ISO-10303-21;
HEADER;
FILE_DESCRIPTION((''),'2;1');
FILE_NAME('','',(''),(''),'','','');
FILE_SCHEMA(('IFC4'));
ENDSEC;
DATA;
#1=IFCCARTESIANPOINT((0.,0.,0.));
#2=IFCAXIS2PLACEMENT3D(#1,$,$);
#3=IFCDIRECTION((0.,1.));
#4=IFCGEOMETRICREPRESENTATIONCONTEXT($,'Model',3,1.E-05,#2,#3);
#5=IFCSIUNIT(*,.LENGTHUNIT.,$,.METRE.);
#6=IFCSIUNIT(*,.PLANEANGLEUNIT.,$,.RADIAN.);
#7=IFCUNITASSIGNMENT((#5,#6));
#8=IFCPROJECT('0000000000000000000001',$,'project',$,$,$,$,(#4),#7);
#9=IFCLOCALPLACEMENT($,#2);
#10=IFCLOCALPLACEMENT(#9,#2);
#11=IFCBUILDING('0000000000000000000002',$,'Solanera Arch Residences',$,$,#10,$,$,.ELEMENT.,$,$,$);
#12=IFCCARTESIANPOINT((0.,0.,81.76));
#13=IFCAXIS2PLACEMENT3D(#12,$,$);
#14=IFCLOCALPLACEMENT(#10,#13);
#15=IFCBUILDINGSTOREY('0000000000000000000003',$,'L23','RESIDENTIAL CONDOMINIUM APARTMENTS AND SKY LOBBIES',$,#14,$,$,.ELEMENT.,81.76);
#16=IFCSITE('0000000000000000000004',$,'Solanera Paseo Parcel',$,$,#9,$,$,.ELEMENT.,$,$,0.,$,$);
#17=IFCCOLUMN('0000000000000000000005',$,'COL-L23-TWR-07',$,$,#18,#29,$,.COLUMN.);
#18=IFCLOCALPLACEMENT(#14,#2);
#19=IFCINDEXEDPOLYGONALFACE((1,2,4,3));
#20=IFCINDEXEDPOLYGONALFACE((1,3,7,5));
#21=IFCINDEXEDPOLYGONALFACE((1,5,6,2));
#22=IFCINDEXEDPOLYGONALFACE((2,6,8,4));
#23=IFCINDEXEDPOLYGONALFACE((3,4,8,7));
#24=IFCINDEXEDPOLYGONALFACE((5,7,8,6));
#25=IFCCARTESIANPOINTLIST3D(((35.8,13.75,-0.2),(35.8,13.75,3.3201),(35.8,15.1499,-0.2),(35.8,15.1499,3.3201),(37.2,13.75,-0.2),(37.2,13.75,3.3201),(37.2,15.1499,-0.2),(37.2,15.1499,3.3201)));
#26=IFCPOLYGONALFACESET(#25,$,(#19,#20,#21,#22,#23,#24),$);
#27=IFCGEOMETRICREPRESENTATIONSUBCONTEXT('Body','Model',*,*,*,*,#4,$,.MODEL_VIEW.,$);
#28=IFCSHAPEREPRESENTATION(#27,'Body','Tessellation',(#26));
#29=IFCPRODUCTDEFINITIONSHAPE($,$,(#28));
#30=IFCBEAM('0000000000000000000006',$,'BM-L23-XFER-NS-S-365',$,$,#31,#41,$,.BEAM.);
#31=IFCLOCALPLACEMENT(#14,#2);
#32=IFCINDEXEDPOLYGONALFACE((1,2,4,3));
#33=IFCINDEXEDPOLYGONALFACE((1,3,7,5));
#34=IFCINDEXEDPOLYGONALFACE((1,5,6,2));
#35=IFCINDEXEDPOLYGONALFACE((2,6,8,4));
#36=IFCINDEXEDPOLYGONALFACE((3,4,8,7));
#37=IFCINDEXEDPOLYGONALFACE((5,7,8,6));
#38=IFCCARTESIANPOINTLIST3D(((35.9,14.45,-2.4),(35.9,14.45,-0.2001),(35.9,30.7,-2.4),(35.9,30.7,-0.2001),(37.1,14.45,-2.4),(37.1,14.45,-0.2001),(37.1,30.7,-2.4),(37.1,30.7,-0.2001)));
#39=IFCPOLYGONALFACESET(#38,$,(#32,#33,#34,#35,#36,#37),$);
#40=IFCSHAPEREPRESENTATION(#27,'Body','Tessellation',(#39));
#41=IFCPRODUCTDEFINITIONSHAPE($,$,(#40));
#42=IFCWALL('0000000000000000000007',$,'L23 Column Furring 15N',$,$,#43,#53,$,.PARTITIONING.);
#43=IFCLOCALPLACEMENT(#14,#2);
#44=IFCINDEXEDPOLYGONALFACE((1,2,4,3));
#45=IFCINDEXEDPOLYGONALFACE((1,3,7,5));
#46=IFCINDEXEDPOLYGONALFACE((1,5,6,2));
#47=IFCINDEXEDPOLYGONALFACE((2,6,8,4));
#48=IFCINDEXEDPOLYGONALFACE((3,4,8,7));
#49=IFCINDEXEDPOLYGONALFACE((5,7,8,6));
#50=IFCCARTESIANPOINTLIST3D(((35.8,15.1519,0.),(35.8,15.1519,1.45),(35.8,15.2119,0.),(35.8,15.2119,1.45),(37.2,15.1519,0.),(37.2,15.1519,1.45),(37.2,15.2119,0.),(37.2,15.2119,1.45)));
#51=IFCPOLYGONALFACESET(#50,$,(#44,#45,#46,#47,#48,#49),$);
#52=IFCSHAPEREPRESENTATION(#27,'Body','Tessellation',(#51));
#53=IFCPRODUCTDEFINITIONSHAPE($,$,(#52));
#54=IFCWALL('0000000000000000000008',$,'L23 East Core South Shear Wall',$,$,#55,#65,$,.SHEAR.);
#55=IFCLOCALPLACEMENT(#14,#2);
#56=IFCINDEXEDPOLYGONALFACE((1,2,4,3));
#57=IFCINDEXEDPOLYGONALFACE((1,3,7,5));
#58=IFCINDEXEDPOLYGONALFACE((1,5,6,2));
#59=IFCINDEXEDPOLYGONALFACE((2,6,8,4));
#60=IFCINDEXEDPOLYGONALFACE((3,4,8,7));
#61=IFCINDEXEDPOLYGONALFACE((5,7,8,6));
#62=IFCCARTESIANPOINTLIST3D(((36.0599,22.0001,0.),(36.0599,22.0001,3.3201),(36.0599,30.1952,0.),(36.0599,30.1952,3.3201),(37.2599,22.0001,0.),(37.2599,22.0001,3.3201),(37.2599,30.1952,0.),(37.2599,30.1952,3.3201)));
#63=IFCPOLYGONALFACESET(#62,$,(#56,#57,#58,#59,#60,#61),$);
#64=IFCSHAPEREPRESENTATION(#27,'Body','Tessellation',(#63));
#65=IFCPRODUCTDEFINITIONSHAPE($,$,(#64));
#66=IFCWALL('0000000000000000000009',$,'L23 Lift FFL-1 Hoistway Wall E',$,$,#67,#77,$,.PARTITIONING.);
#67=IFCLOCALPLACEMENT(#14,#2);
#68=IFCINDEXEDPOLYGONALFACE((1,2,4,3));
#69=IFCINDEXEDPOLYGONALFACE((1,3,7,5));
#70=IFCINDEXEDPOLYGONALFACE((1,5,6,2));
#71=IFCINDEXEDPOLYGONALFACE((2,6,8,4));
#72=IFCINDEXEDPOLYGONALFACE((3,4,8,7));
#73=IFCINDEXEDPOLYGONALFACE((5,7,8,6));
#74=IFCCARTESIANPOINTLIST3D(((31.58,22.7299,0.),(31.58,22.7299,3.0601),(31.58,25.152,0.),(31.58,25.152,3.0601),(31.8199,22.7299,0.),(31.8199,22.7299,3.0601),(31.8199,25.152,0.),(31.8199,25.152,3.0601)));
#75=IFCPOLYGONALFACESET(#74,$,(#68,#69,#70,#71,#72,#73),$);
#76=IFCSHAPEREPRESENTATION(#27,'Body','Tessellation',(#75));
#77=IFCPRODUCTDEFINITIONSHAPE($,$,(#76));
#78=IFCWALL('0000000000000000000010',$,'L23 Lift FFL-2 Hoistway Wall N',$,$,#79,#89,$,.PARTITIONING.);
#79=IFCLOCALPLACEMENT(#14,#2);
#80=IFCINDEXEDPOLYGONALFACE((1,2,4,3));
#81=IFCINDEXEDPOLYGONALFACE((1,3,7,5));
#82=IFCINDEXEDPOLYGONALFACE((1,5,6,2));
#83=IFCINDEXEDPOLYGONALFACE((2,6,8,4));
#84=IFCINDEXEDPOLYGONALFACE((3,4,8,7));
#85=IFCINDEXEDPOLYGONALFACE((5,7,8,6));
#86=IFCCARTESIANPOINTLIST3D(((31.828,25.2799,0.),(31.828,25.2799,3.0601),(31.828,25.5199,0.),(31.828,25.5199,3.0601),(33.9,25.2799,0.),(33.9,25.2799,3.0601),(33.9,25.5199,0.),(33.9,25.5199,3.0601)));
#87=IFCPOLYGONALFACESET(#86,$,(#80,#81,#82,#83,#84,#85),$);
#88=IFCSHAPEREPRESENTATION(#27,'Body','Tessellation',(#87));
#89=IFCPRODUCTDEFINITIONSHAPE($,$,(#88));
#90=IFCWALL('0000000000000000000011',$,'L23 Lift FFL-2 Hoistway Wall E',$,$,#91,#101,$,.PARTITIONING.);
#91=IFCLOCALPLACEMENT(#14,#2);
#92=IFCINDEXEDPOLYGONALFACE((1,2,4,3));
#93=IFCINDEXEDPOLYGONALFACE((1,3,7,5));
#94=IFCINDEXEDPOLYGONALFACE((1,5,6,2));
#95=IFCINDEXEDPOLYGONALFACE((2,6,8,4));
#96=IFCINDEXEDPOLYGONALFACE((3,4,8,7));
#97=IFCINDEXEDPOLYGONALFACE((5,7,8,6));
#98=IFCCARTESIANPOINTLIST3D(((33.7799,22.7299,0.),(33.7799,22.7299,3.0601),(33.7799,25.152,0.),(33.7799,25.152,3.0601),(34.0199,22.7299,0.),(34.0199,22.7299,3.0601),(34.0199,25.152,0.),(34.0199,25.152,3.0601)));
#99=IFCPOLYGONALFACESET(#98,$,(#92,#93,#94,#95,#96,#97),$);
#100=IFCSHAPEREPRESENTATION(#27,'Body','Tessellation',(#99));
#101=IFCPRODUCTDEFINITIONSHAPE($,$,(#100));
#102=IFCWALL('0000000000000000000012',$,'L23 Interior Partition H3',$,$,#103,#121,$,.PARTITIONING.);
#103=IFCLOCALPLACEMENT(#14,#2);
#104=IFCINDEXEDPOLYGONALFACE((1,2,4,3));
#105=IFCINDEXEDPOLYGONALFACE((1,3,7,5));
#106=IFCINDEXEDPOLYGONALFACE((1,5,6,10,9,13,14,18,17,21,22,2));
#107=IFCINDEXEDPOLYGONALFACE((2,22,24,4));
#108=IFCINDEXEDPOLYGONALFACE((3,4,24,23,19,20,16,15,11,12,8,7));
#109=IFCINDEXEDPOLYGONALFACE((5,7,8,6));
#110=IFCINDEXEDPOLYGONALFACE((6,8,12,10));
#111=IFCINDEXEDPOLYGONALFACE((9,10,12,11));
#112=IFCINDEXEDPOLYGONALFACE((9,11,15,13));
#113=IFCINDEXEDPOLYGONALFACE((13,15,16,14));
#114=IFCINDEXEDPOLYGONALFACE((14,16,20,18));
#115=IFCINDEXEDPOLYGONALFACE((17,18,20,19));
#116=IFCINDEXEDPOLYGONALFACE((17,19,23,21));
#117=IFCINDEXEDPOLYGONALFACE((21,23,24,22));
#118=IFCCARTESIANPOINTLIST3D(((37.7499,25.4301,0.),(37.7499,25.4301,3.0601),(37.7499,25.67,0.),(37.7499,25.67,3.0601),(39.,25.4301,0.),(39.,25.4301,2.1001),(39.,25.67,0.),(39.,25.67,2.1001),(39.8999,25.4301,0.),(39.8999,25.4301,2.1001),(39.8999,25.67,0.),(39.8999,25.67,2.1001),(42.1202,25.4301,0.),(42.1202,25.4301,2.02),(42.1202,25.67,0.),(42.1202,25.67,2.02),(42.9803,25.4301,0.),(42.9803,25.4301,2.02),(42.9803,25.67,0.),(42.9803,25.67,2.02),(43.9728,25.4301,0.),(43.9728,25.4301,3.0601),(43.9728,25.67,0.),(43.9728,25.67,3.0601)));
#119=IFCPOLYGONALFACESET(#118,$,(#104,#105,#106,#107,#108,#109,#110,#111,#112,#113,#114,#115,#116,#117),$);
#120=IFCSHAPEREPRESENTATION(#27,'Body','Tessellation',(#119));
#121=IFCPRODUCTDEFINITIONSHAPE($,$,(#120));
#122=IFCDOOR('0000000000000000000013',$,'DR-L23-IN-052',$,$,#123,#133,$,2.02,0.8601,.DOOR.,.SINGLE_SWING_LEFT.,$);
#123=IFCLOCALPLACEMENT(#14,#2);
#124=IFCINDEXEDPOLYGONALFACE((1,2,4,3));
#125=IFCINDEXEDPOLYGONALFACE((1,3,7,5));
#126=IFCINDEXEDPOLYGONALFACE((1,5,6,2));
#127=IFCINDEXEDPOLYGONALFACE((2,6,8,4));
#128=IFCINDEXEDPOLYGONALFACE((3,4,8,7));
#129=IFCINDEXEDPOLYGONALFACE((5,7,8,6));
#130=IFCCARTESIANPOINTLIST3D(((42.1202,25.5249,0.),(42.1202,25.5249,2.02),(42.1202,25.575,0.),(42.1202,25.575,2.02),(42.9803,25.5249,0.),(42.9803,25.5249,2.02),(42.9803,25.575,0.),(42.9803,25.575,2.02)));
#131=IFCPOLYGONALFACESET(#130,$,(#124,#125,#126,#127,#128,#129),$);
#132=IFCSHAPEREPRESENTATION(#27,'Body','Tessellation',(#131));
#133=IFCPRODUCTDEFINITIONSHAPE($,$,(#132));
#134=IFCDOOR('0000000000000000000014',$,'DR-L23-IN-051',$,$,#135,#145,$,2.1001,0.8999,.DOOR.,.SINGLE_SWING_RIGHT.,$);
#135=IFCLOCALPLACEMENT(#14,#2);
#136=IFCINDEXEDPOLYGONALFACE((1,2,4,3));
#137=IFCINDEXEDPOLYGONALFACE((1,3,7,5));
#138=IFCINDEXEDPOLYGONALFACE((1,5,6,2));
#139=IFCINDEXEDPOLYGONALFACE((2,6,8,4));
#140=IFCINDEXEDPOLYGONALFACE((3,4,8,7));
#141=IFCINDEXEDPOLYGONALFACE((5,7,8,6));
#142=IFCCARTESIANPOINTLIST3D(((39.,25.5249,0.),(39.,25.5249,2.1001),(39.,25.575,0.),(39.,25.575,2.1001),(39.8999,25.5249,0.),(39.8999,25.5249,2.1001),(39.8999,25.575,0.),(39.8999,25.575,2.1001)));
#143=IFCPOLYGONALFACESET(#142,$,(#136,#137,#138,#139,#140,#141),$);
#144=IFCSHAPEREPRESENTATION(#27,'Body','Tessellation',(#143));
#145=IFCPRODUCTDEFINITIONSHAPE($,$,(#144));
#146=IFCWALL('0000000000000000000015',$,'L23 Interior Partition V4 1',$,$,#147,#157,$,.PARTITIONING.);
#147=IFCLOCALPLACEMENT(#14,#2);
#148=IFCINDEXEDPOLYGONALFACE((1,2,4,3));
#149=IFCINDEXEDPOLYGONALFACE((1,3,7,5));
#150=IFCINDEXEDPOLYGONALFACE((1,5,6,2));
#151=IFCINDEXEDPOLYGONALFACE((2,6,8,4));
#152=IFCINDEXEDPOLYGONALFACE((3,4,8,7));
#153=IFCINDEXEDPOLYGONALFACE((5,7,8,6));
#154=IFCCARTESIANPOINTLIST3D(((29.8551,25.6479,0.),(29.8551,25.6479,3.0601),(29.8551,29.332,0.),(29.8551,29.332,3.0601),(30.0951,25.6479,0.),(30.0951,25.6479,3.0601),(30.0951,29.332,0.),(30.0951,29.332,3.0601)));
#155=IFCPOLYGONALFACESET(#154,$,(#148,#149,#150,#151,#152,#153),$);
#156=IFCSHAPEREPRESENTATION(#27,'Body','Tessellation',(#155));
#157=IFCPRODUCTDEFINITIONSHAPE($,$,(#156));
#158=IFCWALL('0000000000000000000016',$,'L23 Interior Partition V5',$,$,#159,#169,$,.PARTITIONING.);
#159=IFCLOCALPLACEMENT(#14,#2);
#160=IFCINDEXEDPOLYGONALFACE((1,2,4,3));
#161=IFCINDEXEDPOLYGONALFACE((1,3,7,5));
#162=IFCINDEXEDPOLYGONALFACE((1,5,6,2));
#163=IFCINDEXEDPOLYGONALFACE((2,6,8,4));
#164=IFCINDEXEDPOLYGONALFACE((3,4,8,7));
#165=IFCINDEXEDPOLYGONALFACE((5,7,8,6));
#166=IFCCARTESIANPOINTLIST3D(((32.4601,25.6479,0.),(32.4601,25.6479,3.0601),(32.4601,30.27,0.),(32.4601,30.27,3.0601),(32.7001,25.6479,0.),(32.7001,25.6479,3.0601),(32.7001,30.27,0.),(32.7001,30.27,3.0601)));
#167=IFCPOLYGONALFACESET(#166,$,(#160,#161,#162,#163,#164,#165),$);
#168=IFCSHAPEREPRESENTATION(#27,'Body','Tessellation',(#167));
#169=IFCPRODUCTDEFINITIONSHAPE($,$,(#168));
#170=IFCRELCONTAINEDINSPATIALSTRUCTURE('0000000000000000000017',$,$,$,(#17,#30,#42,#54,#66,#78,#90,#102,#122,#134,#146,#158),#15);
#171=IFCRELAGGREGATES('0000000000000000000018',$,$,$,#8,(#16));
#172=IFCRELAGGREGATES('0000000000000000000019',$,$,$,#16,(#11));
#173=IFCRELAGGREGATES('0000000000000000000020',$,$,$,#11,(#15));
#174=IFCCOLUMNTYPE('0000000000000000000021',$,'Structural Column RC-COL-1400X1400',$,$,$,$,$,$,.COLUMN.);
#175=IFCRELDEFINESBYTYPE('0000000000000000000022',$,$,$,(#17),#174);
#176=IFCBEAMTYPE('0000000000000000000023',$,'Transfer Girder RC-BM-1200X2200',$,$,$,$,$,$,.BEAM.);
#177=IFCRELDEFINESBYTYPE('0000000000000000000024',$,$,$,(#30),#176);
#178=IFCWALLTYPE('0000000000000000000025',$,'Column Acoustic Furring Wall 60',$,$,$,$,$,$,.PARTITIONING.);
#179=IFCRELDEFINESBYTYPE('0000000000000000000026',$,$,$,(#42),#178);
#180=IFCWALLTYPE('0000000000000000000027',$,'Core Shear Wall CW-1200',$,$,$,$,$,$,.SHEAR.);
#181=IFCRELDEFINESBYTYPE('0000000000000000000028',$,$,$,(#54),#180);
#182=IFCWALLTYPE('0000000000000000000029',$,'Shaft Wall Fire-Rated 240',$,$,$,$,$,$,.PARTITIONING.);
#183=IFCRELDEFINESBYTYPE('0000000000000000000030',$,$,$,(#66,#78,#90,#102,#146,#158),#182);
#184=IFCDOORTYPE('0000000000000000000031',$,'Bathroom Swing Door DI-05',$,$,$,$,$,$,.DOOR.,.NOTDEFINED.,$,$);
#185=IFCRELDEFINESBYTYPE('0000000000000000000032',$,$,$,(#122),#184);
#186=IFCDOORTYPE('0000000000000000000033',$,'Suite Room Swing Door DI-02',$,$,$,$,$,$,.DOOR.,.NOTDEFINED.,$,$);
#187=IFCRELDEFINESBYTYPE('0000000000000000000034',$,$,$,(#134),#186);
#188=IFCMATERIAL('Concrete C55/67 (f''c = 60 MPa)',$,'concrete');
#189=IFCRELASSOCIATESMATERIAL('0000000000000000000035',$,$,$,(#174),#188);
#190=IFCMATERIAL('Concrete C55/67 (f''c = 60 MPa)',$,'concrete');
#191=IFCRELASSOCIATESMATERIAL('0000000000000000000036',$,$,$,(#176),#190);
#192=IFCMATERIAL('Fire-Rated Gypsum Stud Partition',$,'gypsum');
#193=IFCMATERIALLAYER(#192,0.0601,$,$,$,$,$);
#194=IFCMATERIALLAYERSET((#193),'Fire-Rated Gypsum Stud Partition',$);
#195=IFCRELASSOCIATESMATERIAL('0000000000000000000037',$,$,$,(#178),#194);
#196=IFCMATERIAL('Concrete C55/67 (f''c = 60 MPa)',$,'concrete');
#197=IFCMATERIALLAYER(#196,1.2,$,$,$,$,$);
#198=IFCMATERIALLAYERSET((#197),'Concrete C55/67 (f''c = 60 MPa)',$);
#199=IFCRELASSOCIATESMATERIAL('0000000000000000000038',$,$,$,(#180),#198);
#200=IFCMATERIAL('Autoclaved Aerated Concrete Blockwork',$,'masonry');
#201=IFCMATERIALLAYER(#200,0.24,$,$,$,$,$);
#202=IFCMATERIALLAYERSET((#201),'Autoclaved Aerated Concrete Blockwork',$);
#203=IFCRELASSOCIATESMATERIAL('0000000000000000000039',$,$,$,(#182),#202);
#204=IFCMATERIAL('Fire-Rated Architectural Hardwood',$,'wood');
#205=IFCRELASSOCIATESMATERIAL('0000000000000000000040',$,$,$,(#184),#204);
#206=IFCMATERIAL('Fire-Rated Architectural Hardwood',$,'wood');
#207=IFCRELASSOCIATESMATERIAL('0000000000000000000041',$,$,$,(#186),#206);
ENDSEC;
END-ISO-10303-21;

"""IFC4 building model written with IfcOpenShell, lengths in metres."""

from ifc_helpers import new_model, si_unit, direction, frame, frame_2d, origin, origin_2d, place, context, subcontext, project, spatial, rectangle, extrude, material, layer, layer_set, material_profile, profile_set, type_object, element, fill, save


model = new_model("IFC4")

# Units and contexts
model_context = context("Model", 3, precision=1e-05, world=origin(), true_north=direction((0.0, 1.0)))
body_context = subcontext(model_context, "Body", "Model", "MODEL_VIEW")
ifc_project = project(units=[si_unit("LENGTHUNIT", "METRE"), si_unit("PLANEANGLEUNIT", "RADIAN")], contexts=[model_context])

# Site, building, storey
site_placement = place(None, origin())
site = spatial("IfcSite", under=ifc_project, at=site_placement, Name="Solanera Paseo Parcel", CompositionType="ELEMENT", RefElevation=0.0)
building_placement = place(site_placement, origin())
building = spatial("IfcBuilding", under=site, at=building_placement, Name="Solanera Arch Residences", CompositionType="ELEMENT")
storey_placement = place(building_placement, frame((0.0, 0.0, 81.76)))
storey = spatial("IfcBuildingStorey", under=building, at=storey_placement, Name="L23", Description="RESIDENTIAL CONDOMINIUM APARTMENTS AND SKY LOBBIES", CompositionType="ELEMENT", Elevation=81.76)

# Column
ifc_material_1 = material(Name="Concrete C55/67 (f'c = 60 MPa)", Category="concrete")
ifc_material_profile_1 = material_profile(ifc_material_1, rectangle(XDim=1.3999, YDim=1.3999, at=origin_2d()))
ifc_profile_set_1 = profile_set([ifc_material_profile_1], Name="Concrete C55/67 (f'c = 60 MPa)")
column_type = type_object("IfcColumnType", Name="Structural Column RC-COL-1400X1400", PredefinedType="COLUMN", material=ifc_profile_set_1)
column_placement = place(storey_placement, frame((36.5, 14.45, -0.2), z_axis=(0.0, 0.0, 1.0), x_axis=(1.0, 0.0, 0.0)))
element("IfcColumn", 1, at=column_placement, inside=storey, type_object=column_type, Name="COL-L23-TWR-07", PredefinedType="COLUMN", context=body_context, shape_type="SweptSolid", body=[
    extrude(rectangle(XDim=1.3999, YDim=1.3999, at=origin_2d()), origin(), (0.0, 0.0, 1.0), 3.52),
])

# Beam
ifc_material_2 = material(Name="Concrete C55/67 (f'c = 60 MPa)", Category="concrete")
ifc_material_profile_2 = material_profile(ifc_material_2, rectangle(XDim=1.2, YDim=2.2, at=origin_2d()))
ifc_profile_set_2 = profile_set([ifc_material_profile_2], Name="Concrete C55/67 (f'c = 60 MPa)")
beam_type = type_object("IfcBeamType", Name="Transfer Girder RC-BM-1200X2200", PredefinedType="BEAM", material=ifc_profile_set_2)
beam_placement = place(storey_placement, frame((36.5, 14.45, -1.3), z_axis=(0.0, 1.0, 0.0), x_axis=(-1.0, 0.0, 0.0)))
element("IfcBeam", 2, at=beam_placement, inside=storey, type_object=beam_type, Name="BM-L23-XFER-NS-S-365", PredefinedType="BEAM", context=body_context, shape_type="SweptSolid", body=[
    extrude(rectangle(XDim=1.2, YDim=2.2, at=origin_2d()), origin(), (0.0, 0.0, 1.0), 16.25),
])

# Walls
ifc_material_3 = material(Name="Fire-Rated Gypsum Stud Partition", Category="gypsum")
ifc_layer_1 = layer(ifc_material_3, 0.0601)
ifc_layer_set_1 = layer_set([ifc_layer_1], Name="Fire-Rated Gypsum Stud Partition")
wall_type_1 = type_object("IfcWallType", Name="Column Acoustic Furring Wall 60", PredefinedType="PARTITIONING", material=ifc_layer_set_1)
wall_1_placement = place(storey_placement, frame((35.8, 15.1819, 0.0), z_axis=(0.0, 0.0, 1.0), x_axis=(1.0, 0.0, 0.0)))
element("IfcWall", 3, at=wall_1_placement, inside=storey, type_object=wall_type_1, Name="L23 Column Furring 15N", PredefinedType="PARTITIONING", context=body_context, shape_type="SweptSolid", body=[
    extrude(rectangle(XDim=1.3999, YDim=0.0601, at=frame_2d((0.7, 0.0))), origin(), (0.0, 0.0, 1.0), 1.45),
])
ifc_material_4 = material(Name="Concrete C55/67 (f'c = 60 MPa)", Category="concrete")
ifc_layer_2 = layer(ifc_material_4, 1.2)
ifc_layer_set_2 = layer_set([ifc_layer_2], Name="Concrete C55/67 (f'c = 60 MPa)")
wall_type_2 = type_object("IfcWallType", Name="Core Shear Wall CW-1200", PredefinedType="SHEAR", material=ifc_layer_set_2)
wall_2_placement = place(storey_placement, frame((36.6599, 22.0, 0.0), z_axis=(0.0, 0.0, 1.0), x_axis=(0.0, 1.0, 0.0)))
element("IfcWall", 4, at=wall_2_placement, inside=storey, type_object=wall_type_2, Name="L23 East Core South Shear Wall", PredefinedType="SHEAR", context=body_context, shape_type="SweptSolid", body=[
    extrude(rectangle(XDim=8.1951, YDim=1.2, at=frame_2d((4.0977, 0.0))), origin(), (0.0, 0.0, 1.0), 3.3201),
])
ifc_material_5 = material(Name="Autoclaved Aerated Concrete Blockwork", Category="masonry")
ifc_layer_3 = layer(ifc_material_5, 0.24)
ifc_layer_set_3 = layer_set([ifc_layer_3], Name="Autoclaved Aerated Concrete Blockwork")
wall_type_3 = type_object("IfcWallType", Name="Shaft Wall Fire-Rated 240", PredefinedType="PARTITIONING", material=ifc_layer_set_3)
wall_3_placement = place(storey_placement, frame((31.7, 22.73, 0.0), z_axis=(0.0, 0.0, 1.0), x_axis=(0.0, 1.0, 0.0)))
element("IfcWall", 5, at=wall_3_placement, inside=storey, type_object=wall_type_3, Name="L23 Lift FFL-1 Hoistway Wall E", PredefinedType="PARTITIONING", context=body_context, shape_type="SweptSolid", body=[
    extrude(rectangle(XDim=2.4221, YDim=0.24, at=frame_2d((1.2109, 0.0))), origin(), (0.0, 0.0, 1.0), 3.0601),
])
wall_4_placement = place(storey_placement, frame((31.8279, 25.3999, 0.0), z_axis=(0.0, 0.0, 1.0), x_axis=(1.0, 0.0, 0.0)))
element("IfcWall", 6, at=wall_4_placement, inside=storey, type_object=wall_type_3, Name="L23 Lift FFL-2 Hoistway Wall N", PredefinedType="PARTITIONING", context=body_context, shape_type="SweptSolid", body=[
    extrude(rectangle(XDim=2.072, YDim=0.24, at=frame_2d((1.0361, 0.0))), origin(), (0.0, 0.0, 1.0), 3.0601),
])
wall_5_placement = place(storey_placement, frame((33.8999, 22.73, 0.0), z_axis=(0.0, 0.0, 1.0), x_axis=(0.0, 1.0, 0.0)))
element("IfcWall", 7, at=wall_5_placement, inside=storey, type_object=wall_type_3, Name="L23 Lift FFL-2 Hoistway Wall E", PredefinedType="PARTITIONING", context=body_context, shape_type="SweptSolid", body=[
    extrude(rectangle(XDim=2.4221, YDim=0.24, at=frame_2d((1.2109, 0.0))), origin(), (0.0, 0.0, 1.0), 3.0601),
])

# Wall, openings, doors
wall_6_placement = place(storey_placement, frame((37.75, 25.55, 0.0), z_axis=(0.0, 0.0, 1.0), x_axis=(1.0, 0.0, 0.0)))
wall_6 = element("IfcWall", 8, at=wall_6_placement, inside=storey, type_object=wall_type_3, Name="L23 Interior Partition H3", PredefinedType="PARTITIONING", context=body_context, shape_type="SweptSolid", body=[
    extrude(rectangle(XDim=6.2229, YDim=0.24, at=frame_2d((3.1113, 0.0))), origin(), (0.0, 0.0, 1.0), 3.0601),
])
opening_1_placement = place(wall_6_placement, frame((1.25, 0.0, 0.0)))
opening_1 = element("IfcOpeningElement", 9, at=opening_1_placement, cuts=wall_6, PredefinedType="OPENING", context=body_context, shape_type="SweptSolid", body=[
    extrude(rectangle(XDim=0.8999, YDim=2.1001, at=frame_2d((0.45, 1.05))), frame((0.0, 0.1299, 0.0), z_axis=(0.0, -1.0, 0.0), x_axis=(1.0, 0.0, 0.0)), (0.0, 0.0, 1.0), 0.26),
])
opening_2_placement = place(wall_6_placement, frame((4.3701, 0.0, 0.0)))
opening_2 = element("IfcOpeningElement", 10, at=opening_2_placement, cuts=wall_6, PredefinedType="OPENING", context=body_context, shape_type="SweptSolid", body=[
    extrude(rectangle(XDim=0.8601, YDim=2.02, at=frame_2d((0.4302, 1.01))), frame((0.0, 0.1299, 0.0), z_axis=(0.0, -1.0, 0.0), x_axis=(1.0, 0.0, 0.0)), (0.0, 0.0, 1.0), 0.26),
])
ifc_material_6 = material(Name="Fire-Rated Architectural Hardwood", Category="wood")
door_type_1 = type_object("IfcDoorType", Name="Bathroom Swing Door DI-05", OperationType="NOTDEFINED", PredefinedType="DOOR", material=ifc_material_6)
door_1_placement = place(opening_2_placement, origin())
door_1 = element("IfcDoor", 11, at=door_1_placement, inside=storey, type_object=door_type_1, Name="DR-L23-IN-052", OperationType="SINGLE_SWING_LEFT", OverallHeight=2.02, OverallWidth=0.8601, PredefinedType="DOOR", context=body_context, shape_type="SweptSolid", body=[
    extrude(rectangle(XDim=0.8601, YDim=2.02, at=frame_2d((0.4302, 1.01))), frame((0.0, 0.0249, 0.0), z_axis=(0.0, -1.0, 0.0), x_axis=(1.0, 0.0, 0.0)), (0.0, 0.0, 1.0), 0.05),
])
fill(opening_2, door_1)
ifc_material_7 = material(Name="Fire-Rated Architectural Hardwood", Category="wood")
door_type_2 = type_object("IfcDoorType", Name="Suite Room Swing Door DI-02", OperationType="NOTDEFINED", PredefinedType="DOOR", material=ifc_material_7)
door_2_placement = place(opening_1_placement, origin())
door_2 = element("IfcDoor", 12, at=door_2_placement, inside=storey, type_object=door_type_2, Name="DR-L23-IN-051", OperationType="SINGLE_SWING_RIGHT", OverallHeight=2.1001, OverallWidth=0.8999, PredefinedType="DOOR", context=body_context, shape_type="SweptSolid", body=[
    extrude(rectangle(XDim=0.8999, YDim=2.1001, at=frame_2d((0.45, 1.05))), frame((0.0, 0.0249, 0.0), z_axis=(0.0, -1.0, 0.0), x_axis=(1.0, 0.0, 0.0)), (0.0, 0.0, 1.0), 0.05),
])
fill(opening_1, door_2)

# Wall
wall_7_placement = place(storey_placement, frame((29.9751, 25.6479, 0.0), z_axis=(0.0, 0.0, 1.0), x_axis=(0.0, 1.0, 0.0)))
element("IfcWall", 13, at=wall_7_placement, inside=storey, type_object=wall_type_3, Name="L23 Interior Partition V4 1", PredefinedType="PARTITIONING", context=body_context, shape_type="SweptSolid", body=[
    extrude(rectangle(XDim=3.6841, YDim=0.24, at=frame_2d((1.842, 0.0))), origin(), (0.0, 0.0, 1.0), 3.0601),
])

# Wall
wall_8_placement = place(storey_placement, frame((32.5801, 25.6479, 0.0), z_axis=(0.0, 0.0, 1.0), x_axis=(0.0, 1.0, 0.0)))
element("IfcWall", 14, at=wall_8_placement, inside=storey, type_object=wall_type_3, Name="L23 Interior Partition V5", PredefinedType="PARTITIONING", context=body_context, shape_type="SweptSolid", body=[
    extrude(rectangle(XDim=4.6221, YDim=0.24, at=frame_2d((2.311, 0.0))), origin(), (0.0, 0.0, 1.0), 3.0601),
])

save(model, "model.ifc")
